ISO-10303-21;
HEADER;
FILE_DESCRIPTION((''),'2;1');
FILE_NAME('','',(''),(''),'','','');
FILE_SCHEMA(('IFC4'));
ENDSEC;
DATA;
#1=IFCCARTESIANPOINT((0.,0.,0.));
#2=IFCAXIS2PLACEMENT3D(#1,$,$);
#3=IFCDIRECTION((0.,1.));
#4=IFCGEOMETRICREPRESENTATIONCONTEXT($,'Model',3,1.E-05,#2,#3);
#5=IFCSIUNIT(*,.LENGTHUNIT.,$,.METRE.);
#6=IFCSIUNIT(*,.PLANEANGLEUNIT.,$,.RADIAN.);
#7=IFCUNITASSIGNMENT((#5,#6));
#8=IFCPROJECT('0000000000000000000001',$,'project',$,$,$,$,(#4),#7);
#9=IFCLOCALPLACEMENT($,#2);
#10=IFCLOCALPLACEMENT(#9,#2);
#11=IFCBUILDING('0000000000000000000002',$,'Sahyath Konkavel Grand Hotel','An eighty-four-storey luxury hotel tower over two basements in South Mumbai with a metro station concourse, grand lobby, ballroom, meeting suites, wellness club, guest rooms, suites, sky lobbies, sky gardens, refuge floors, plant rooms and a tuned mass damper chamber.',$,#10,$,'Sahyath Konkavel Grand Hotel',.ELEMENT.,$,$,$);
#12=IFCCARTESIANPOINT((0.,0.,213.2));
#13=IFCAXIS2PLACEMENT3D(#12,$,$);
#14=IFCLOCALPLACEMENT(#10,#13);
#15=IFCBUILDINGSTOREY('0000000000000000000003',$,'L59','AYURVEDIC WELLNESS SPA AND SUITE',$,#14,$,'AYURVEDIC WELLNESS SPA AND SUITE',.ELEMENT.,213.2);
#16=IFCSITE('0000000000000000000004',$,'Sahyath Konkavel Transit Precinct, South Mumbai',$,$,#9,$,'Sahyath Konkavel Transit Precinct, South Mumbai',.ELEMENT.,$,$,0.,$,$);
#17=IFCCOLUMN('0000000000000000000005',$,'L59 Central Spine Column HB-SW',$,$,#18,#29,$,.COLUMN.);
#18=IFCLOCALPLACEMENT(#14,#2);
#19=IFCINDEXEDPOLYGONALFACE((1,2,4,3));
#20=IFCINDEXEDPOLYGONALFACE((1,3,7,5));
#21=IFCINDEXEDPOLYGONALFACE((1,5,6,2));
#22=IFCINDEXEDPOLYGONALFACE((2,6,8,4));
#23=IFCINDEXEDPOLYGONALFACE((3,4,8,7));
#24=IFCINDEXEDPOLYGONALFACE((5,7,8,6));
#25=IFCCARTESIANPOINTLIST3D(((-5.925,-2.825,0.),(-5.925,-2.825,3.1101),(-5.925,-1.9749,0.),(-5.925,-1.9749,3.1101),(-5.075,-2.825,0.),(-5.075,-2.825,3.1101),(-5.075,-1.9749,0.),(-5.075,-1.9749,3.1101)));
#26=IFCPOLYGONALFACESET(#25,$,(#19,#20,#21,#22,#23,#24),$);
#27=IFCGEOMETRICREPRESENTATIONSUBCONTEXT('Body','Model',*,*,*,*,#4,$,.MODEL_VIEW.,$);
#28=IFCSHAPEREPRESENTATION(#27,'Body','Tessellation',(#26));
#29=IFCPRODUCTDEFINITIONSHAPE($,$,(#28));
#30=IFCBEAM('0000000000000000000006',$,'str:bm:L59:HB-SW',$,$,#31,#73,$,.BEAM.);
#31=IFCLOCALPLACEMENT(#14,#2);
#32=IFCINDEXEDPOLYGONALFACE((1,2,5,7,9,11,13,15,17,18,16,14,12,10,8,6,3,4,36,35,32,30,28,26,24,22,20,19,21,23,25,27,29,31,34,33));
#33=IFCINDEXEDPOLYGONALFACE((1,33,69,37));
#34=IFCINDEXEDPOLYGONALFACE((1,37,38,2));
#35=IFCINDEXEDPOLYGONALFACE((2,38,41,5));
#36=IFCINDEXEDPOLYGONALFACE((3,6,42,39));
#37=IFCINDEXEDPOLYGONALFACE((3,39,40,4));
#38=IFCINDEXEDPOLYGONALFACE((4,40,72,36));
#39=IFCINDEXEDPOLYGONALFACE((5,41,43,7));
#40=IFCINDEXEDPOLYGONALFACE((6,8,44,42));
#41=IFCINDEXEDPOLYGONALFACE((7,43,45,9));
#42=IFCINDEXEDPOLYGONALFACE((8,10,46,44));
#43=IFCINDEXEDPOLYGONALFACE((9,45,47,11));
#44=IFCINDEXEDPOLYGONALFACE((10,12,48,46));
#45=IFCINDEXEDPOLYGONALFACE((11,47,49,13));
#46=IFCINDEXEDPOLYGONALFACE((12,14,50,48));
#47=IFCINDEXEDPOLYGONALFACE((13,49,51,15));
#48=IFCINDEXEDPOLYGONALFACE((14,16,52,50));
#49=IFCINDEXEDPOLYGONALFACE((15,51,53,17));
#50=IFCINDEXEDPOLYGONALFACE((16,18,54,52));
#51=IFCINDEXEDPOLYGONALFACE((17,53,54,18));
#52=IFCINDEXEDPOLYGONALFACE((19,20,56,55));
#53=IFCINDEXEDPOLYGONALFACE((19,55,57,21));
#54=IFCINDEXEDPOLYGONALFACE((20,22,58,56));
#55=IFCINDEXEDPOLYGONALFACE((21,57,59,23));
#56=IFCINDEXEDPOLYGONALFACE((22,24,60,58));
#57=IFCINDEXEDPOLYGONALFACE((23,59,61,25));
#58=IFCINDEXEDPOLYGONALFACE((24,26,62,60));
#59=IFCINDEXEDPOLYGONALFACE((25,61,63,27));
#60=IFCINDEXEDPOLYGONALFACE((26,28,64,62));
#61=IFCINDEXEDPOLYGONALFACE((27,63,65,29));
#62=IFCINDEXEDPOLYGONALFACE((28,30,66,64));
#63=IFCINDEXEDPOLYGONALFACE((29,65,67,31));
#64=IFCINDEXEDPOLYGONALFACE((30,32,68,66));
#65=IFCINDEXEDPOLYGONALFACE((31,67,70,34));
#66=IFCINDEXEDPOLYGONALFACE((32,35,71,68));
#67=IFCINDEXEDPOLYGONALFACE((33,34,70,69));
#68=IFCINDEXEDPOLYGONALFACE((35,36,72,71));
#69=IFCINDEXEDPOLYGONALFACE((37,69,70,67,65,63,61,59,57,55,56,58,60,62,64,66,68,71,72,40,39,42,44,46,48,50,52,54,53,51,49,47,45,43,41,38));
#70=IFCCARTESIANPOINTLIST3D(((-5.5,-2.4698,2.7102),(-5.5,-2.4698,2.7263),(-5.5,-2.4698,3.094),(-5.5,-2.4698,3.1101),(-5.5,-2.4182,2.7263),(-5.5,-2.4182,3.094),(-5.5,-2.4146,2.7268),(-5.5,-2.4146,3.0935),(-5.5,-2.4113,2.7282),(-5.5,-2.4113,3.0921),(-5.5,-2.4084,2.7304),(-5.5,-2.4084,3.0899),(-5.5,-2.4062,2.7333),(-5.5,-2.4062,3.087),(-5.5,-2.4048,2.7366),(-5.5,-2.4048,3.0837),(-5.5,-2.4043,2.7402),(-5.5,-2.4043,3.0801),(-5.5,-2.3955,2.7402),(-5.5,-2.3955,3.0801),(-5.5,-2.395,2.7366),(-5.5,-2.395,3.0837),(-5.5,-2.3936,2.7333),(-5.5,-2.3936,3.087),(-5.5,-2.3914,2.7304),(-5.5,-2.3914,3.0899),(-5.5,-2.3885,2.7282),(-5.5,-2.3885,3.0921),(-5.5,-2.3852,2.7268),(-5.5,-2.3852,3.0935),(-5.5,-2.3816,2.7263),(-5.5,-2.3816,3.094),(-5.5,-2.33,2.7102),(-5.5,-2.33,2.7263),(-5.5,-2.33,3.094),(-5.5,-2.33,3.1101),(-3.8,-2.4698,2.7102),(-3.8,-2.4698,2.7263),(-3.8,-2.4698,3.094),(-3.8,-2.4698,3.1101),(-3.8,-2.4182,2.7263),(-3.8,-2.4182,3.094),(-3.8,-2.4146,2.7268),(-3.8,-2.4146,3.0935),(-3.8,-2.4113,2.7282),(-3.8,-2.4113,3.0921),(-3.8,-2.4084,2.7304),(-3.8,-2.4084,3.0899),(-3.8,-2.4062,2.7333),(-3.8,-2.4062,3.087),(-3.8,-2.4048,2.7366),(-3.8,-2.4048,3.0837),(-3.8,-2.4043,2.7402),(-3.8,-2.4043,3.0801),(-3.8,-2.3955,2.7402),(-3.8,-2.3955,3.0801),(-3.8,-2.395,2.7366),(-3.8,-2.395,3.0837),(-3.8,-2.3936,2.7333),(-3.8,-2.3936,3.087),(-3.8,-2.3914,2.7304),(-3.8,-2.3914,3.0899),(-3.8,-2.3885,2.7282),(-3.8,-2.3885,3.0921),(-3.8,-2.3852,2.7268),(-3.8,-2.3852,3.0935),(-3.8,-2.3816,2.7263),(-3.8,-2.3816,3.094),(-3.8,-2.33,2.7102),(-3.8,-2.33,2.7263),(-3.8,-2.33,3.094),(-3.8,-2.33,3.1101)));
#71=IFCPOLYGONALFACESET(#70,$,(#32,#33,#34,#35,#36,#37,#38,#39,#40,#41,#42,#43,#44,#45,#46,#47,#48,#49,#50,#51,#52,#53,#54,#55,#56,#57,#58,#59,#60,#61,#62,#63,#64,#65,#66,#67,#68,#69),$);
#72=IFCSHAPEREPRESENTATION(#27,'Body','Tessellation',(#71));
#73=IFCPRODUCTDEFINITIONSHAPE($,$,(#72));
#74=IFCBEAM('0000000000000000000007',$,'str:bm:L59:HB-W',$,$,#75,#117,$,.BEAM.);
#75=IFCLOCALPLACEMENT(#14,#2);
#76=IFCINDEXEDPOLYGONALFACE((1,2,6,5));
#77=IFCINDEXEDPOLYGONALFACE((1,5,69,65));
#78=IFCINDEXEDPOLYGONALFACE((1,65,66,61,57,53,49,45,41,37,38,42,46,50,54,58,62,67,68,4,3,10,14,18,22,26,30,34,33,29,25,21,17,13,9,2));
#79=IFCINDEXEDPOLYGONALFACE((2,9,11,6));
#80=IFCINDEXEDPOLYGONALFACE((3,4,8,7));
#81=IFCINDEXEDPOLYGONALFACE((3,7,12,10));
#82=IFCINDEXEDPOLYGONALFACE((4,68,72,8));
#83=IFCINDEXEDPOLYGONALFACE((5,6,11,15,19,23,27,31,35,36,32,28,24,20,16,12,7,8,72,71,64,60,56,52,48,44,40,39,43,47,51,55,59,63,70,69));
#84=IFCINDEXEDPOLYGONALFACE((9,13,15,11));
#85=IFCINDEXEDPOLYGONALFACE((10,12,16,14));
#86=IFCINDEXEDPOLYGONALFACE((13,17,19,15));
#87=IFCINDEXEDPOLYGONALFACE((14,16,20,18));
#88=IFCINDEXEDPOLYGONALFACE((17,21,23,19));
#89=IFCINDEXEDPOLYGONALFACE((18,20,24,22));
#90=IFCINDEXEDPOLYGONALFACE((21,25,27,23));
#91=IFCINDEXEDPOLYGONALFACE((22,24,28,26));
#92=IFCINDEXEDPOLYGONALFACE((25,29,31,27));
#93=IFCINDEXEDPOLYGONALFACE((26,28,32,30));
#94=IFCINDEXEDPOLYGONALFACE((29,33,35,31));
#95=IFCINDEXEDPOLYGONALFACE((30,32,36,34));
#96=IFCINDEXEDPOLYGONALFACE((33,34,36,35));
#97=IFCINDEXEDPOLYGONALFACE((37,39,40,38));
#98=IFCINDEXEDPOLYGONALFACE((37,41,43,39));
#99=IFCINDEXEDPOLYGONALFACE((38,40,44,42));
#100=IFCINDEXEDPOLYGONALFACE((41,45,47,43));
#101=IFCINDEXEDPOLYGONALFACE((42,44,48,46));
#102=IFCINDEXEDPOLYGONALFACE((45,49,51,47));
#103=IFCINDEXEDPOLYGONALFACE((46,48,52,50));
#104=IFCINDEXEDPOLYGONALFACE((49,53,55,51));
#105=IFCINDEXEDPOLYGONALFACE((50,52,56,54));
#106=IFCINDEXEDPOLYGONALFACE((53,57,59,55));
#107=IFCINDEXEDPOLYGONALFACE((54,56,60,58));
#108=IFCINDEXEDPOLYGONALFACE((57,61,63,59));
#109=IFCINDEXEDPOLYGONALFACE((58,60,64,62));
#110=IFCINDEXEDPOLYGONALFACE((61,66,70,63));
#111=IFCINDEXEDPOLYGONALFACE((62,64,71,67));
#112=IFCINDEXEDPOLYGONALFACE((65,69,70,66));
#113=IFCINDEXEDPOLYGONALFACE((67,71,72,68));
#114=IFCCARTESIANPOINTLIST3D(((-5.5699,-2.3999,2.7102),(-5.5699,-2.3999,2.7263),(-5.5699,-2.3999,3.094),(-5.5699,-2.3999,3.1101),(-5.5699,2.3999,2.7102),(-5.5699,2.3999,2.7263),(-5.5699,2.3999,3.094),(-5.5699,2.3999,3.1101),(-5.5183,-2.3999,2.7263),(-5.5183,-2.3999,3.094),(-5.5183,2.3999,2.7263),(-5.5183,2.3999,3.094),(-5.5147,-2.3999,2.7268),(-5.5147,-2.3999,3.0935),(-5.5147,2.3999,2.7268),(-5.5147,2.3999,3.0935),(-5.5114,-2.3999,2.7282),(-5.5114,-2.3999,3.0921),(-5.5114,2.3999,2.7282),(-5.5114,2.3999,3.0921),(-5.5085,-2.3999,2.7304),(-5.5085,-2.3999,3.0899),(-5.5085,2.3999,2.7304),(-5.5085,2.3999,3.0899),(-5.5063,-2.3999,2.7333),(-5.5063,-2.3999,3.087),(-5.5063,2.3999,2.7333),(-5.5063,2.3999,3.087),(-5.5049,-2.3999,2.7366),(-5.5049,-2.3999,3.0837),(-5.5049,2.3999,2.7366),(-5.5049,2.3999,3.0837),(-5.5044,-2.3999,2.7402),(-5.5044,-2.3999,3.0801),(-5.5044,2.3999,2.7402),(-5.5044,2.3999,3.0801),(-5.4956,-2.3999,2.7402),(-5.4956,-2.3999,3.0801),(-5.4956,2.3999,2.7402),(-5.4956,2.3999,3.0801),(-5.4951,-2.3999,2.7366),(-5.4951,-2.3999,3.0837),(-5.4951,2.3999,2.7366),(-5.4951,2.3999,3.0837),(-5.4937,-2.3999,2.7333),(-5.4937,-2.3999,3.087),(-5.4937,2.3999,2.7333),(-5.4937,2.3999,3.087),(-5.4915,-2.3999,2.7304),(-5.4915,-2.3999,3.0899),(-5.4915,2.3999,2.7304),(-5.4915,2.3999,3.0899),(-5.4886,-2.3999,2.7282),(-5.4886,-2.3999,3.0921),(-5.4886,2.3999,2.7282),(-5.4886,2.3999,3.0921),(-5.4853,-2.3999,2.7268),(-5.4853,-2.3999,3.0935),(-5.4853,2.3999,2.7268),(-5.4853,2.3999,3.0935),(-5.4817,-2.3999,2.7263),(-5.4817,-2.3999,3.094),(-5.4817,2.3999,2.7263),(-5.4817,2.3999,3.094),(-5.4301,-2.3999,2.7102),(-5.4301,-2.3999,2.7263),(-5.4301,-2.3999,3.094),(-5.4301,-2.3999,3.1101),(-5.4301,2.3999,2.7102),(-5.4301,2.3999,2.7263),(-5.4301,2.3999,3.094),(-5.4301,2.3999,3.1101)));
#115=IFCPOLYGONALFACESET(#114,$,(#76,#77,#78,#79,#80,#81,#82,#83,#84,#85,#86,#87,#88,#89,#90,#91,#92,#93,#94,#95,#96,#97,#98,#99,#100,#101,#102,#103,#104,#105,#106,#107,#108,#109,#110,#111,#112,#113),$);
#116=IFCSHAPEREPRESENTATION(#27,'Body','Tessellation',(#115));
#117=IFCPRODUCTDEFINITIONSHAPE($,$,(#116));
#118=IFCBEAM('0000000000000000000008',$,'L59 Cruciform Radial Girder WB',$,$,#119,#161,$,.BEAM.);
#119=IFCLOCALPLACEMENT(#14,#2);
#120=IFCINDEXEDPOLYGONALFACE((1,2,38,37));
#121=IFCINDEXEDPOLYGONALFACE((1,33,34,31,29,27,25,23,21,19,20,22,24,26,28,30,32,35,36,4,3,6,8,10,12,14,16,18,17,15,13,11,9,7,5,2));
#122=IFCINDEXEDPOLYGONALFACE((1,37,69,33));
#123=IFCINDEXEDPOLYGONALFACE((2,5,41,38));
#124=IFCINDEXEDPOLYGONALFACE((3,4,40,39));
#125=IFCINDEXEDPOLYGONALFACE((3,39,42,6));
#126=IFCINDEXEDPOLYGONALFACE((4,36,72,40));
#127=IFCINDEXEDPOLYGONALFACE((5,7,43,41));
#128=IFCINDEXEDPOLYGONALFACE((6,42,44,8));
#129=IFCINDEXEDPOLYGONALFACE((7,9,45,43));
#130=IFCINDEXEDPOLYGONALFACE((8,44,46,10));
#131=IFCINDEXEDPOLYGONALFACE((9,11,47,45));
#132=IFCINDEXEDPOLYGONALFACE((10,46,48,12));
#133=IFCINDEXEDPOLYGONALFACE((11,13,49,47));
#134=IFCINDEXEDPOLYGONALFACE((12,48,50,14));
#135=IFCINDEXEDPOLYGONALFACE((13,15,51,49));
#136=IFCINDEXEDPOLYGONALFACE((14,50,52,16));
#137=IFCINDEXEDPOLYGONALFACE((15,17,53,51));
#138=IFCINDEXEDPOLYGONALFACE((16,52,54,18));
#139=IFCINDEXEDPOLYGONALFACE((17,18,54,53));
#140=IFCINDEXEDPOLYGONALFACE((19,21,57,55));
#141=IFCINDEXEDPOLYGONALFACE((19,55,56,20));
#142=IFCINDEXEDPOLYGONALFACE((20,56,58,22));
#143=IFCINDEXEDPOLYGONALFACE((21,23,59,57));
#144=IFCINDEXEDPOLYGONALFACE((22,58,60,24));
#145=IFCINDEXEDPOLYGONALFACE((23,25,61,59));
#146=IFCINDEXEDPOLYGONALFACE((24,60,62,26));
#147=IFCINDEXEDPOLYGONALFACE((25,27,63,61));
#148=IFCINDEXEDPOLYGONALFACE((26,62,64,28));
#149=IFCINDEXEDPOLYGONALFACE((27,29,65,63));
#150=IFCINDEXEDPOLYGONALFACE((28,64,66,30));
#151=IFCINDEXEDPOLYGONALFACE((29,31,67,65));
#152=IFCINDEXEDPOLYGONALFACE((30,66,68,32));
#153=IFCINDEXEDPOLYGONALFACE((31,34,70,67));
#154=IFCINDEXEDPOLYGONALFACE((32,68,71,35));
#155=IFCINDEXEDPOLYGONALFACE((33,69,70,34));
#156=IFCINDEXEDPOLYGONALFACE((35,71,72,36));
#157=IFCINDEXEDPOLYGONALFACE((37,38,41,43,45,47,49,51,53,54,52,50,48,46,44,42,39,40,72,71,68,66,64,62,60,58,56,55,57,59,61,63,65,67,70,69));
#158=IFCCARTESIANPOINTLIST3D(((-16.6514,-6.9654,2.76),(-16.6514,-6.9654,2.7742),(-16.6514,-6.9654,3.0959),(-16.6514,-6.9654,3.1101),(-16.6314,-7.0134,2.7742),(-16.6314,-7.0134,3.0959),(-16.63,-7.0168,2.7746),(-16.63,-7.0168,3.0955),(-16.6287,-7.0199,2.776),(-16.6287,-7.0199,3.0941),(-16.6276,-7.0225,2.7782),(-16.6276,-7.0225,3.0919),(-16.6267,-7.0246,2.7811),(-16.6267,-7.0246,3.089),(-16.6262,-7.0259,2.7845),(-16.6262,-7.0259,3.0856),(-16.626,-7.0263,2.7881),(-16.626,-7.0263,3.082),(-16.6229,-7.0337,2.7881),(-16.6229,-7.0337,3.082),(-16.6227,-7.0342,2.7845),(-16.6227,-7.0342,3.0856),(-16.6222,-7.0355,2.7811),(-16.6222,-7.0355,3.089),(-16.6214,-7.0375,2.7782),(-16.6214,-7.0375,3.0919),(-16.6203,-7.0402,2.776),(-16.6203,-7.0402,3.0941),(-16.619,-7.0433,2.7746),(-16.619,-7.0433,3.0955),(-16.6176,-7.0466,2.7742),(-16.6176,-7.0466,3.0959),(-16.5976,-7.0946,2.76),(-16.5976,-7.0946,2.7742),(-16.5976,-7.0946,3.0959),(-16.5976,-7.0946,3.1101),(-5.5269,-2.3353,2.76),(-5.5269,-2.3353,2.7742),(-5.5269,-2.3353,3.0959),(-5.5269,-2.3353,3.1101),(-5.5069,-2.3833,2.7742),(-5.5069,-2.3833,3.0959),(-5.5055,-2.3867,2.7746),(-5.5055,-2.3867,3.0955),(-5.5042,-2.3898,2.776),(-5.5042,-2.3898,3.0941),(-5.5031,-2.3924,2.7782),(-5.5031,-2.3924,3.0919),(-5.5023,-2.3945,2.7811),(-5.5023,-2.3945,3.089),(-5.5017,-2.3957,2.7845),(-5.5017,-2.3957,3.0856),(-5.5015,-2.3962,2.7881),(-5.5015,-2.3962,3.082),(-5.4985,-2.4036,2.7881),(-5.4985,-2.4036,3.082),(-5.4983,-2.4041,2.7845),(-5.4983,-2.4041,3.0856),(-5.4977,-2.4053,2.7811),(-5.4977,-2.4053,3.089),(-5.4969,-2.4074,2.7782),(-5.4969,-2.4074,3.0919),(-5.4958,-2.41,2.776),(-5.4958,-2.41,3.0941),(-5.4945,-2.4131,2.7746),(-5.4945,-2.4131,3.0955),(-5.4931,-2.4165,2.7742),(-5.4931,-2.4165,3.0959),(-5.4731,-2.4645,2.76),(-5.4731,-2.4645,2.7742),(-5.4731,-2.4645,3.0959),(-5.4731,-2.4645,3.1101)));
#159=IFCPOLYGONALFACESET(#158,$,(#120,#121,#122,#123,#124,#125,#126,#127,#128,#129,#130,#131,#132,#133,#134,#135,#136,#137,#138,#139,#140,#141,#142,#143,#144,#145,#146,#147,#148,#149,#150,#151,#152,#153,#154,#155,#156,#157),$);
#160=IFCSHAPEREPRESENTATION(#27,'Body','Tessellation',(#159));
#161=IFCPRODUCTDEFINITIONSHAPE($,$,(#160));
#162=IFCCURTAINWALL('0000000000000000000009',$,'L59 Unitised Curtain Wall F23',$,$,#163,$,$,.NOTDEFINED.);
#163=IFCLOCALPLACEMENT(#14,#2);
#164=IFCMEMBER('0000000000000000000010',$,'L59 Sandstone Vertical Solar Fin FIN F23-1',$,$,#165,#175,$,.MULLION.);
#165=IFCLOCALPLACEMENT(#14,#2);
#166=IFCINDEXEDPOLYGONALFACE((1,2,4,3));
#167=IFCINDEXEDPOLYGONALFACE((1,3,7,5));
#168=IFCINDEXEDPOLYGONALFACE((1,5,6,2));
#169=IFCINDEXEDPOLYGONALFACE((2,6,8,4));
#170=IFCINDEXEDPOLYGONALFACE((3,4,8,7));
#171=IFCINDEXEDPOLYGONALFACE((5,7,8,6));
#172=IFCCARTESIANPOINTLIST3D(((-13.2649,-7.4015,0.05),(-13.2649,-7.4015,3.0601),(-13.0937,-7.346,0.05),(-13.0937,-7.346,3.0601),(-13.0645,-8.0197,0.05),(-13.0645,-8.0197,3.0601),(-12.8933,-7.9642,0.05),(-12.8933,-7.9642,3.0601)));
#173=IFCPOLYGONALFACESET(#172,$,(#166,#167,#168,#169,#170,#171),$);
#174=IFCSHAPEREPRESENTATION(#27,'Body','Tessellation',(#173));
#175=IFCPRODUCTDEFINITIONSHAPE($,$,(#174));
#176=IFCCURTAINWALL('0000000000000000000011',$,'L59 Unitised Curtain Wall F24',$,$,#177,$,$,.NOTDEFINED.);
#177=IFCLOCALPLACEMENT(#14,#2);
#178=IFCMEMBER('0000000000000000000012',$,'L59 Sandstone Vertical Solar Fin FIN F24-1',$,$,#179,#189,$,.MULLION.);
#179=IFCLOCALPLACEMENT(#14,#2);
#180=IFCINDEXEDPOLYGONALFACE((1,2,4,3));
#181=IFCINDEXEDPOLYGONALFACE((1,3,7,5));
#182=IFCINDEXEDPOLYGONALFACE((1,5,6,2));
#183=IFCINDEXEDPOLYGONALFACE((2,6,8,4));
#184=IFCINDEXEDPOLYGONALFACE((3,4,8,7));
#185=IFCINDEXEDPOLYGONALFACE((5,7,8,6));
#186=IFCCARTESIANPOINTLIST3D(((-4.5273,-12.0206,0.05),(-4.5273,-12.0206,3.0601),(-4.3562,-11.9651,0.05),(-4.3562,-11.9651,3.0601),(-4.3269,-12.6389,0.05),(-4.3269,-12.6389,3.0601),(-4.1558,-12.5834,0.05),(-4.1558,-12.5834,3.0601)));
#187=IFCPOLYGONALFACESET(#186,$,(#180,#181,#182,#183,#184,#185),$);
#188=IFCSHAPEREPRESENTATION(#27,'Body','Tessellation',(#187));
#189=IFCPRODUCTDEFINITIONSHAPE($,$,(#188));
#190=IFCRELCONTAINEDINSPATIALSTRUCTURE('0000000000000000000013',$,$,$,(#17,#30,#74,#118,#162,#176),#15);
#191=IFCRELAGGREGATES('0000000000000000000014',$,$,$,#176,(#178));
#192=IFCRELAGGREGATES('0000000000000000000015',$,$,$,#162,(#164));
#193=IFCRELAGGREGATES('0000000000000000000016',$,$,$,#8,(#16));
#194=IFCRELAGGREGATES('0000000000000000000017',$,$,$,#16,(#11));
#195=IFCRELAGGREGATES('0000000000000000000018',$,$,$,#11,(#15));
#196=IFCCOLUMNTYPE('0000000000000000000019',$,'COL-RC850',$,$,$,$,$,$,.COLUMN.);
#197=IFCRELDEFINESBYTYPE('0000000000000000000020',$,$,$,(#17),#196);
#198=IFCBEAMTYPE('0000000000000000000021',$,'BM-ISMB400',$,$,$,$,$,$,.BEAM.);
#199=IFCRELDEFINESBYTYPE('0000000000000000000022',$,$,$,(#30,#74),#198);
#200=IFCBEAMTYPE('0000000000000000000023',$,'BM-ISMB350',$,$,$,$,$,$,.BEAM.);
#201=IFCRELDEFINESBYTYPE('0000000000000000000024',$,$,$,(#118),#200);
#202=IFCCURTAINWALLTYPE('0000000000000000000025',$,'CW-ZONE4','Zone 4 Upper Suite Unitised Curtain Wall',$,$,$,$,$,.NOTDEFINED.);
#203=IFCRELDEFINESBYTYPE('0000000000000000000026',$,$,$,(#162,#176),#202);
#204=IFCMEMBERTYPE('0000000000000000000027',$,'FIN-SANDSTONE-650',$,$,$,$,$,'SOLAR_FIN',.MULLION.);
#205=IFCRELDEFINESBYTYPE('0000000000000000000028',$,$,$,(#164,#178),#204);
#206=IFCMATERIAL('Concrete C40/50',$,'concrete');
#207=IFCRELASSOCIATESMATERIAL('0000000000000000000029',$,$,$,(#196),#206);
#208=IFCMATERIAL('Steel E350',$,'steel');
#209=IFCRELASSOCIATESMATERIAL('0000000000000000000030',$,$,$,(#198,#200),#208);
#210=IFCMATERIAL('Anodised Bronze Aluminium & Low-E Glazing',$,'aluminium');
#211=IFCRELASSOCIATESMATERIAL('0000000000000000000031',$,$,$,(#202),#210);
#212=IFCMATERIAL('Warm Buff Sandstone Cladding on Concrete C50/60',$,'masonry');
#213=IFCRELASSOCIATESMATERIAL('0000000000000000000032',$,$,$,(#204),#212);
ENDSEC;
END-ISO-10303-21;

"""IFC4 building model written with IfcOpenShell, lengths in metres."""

from ifc_helpers import new_model, si_unit, direction, frame, origin, origin_2d, place, context, subcontext, project, spatial, rectangle, i_section, extrude, source, transform, mapped, material, material_profile, profile_set, type_object, element, aggregate, save


model = new_model("IFC4")

# Units and contexts
model_context = context("Model", 3, precision=1e-05, world=origin(), true_north=direction((0.0, 1.0)))
body_context = subcontext(model_context, "Body", "Model", "MODEL_VIEW")
ifc_project = project(units=[si_unit("LENGTHUNIT", "METRE"), si_unit("PLANEANGLEUNIT", "RADIAN")], contexts=[model_context])

# Site, building, storey
site_placement = place(None, origin())
site = spatial("IfcSite", under=ifc_project, at=site_placement, Name="Sahyath Konkavel Transit Precinct, South Mumbai", LongName="Sahyath Konkavel Transit Precinct, South Mumbai", CompositionType="ELEMENT", RefElevation=0.0)
building_placement = place(site_placement, origin())
building = spatial("IfcBuilding", under=site, at=building_placement, Name="Sahyath Konkavel Grand Hotel", Description="An eighty-four-storey luxury hotel tower over two basements in South Mumbai with a metro station concourse, grand lobby, ballroom, meeting suites, wellness club, guest rooms, suites, sky lobbies, sky gardens, refuge floors, plant rooms and a tuned mass damper chamber.", LongName="Sahyath Konkavel Grand Hotel", CompositionType="ELEMENT")
storey_placement = place(building_placement, frame((0.0, 0.0, 213.2)))
storey = spatial("IfcBuildingStorey", under=building, at=storey_placement, Name="L59", Description="AYURVEDIC WELLNESS SPA AND SUITE", LongName="AYURVEDIC WELLNESS SPA AND SUITE", CompositionType="ELEMENT", Elevation=213.2)

# Column
ifc_material_1 = material(Name="Concrete C40/50", Category="concrete")
ifc_material_profile_1 = material_profile(ifc_material_1, rectangle(XDim=0.8501, YDim=0.8501, at=origin_2d()), Name="RC 850x850")
ifc_profile_set_1 = profile_set([ifc_material_profile_1], Name="Concrete C40/50")
column_type = type_object("IfcColumnType", Name="COL-RC850", PredefinedType="COLUMN", material=ifc_profile_set_1)
shared_shape_1 = source(origin(), body_context, "Body", "SweptSolid", [
    extrude(rectangle(XDim=0.8501, YDim=0.8501, at=origin_2d()), origin(), (0.0, 0.0, 1.0), 3.1101),
])
column_placement = place(storey_placement, frame((-5.5, -2.3999, 0.0), z_axis=(0.0, 0.0, 1.0), x_axis=(1.0, 0.0, 0.0)))
element("IfcColumn", 1, at=column_placement, inside=storey, type_object=column_type, Name="L59 Central Spine Column HB-SW", PredefinedType="COLUMN", context=body_context, shape_type="MappedRepresentation", body=[
    mapped(shared_shape_1, transform((0.0, 0.0, 0.0), scale=1.0)),
])

# Beams
ifc_material_2 = material(Name="Steel E350", Category="steel")
ifc_material_profile_2 = material_profile(ifc_material_2, i_section(OverallWidth=0.1399, OverallDepth=0.3999, WebThickness=0.0088, FlangeThickness=0.0161, FilletRadius=0.0139, at=origin_2d()), Name="ISMB 400")
ifc_profile_set_2 = profile_set([ifc_material_profile_2], Name="Steel E350")
beam_type_1 = type_object("IfcBeamType", Name="BM-ISMB400", PredefinedType="BEAM", material=ifc_profile_set_2)
shared_shape_2 = source(origin(), body_context, "Body", "SweptSolid", [
    extrude(i_section(OverallWidth=0.1399, OverallDepth=0.3999, WebThickness=0.0088, FlangeThickness=0.0161, FilletRadius=0.0139, at=origin_2d()), origin(), (0.0, 0.0, 1.0), 1.7),
])
beam_1_placement = place(storey_placement, frame((-5.5, -2.3999, 2.9102), z_axis=(1.0, 0.0, 0.0), x_axis=(0.0, 1.0, 0.0)))
element("IfcBeam", 2, at=beam_1_placement, inside=storey, type_object=beam_type_1, Name="str:bm:L59:HB-SW", PredefinedType="BEAM", context=body_context, shape_type="MappedRepresentation", body=[
    mapped(shared_shape_2, transform((0.0, 0.0, 0.0), scale=1.0)),
])
shared_shape_3 = source(origin(), body_context, "Body", "SweptSolid", [
    extrude(i_section(OverallWidth=0.1399, OverallDepth=0.3999, WebThickness=0.0088, FlangeThickness=0.0161, FilletRadius=0.0139, at=origin_2d()), origin(), (0.0, 0.0, 1.0), 4.7998),
])
beam_2_placement = place(storey_placement, frame((-5.5, -2.3999, 2.9102), z_axis=(0.0, 1.0, 0.0), x_axis=(-1.0, 0.0, 0.0)))
element("IfcBeam", 3, at=beam_2_placement, inside=storey, type_object=beam_type_1, Name="str:bm:L59:HB-W", PredefinedType="BEAM", context=body_context, shape_type="MappedRepresentation", body=[
    mapped(shared_shape_3, transform((0.0, 0.0, 0.0), scale=1.0)),
])
ifc_material_profile_3 = material_profile(ifc_material_2, i_section(OverallWidth=0.1399, OverallDepth=0.3501, WebThickness=0.0081, FlangeThickness=0.0142, FilletRadius=0.0139, at=origin_2d()), Name="ISMB 350")
ifc_profile_set_3 = profile_set([ifc_material_profile_3], Name="Steel E350")
beam_type_2 = type_object("IfcBeamType", Name="BM-ISMB350", PredefinedType="BEAM", material=ifc_profile_set_3)
shared_shape_4 = source(origin(), body_context, "Body", "SweptSolid", [
    extrude(i_section(OverallWidth=0.1399, OverallDepth=0.3501, WebThickness=0.0081, FlangeThickness=0.0142, FilletRadius=0.0139, at=origin_2d()), origin(), (0.0, 0.0, 1.0), 12.0496),
])
beam_3_placement = place(storey_placement, frame((-5.5, -2.3999, 2.9351), z_axis=(-0.923227, -0.384256, 0.0), x_axis=(0.384256, -0.923227, 0.0)))
element("IfcBeam", 4, at=beam_3_placement, inside=storey, type_object=beam_type_2, Name="L59 Cruciform Radial Girder WB", PredefinedType="BEAM", context=body_context, shape_type="MappedRepresentation", body=[
    mapped(shared_shape_4, transform((0.0, 0.0, 0.0), scale=1.0)),
])

# Curtain walls, members
ifc_material_3 = material(Name="Anodised Bronze Aluminium & Low-E Glazing", Category="aluminium")
curtain_wall_type = type_object("IfcCurtainWallType", Name="CW-ZONE4", Description="Zone 4 Upper Suite Unitised Curtain Wall", PredefinedType="NOTDEFINED", material=ifc_material_3)
curtain_wall_1_placement = place(storey_placement, origin())
curtain_wall_1 = element("IfcCurtainWall", 5, at=curtain_wall_1_placement, inside=storey, type_object=curtain_wall_type, Name="L59 Unitised Curtain Wall F23", PredefinedType="NOTDEFINED")
ifc_material_4 = material(Name="Warm Buff Sandstone Cladding on Concrete C50/60", Category="masonry")
ifc_material_profile_4 = material_profile(ifc_material_4, rectangle(XDim=0.1799, YDim=0.6499, at=origin_2d()), Name="FIN 180x650")
ifc_profile_set_4 = profile_set([ifc_material_profile_4], Name="Warm Buff Sandstone Cladding on Concrete C50/60")
member_type_1 = type_object("IfcMemberType", Name="FIN-SANDSTONE-650", ElementType="SOLAR_FIN", PredefinedType="MULLION", material=ifc_profile_set_4)
shared_shape_5 = source(origin(), body_context, "Body", "SweptSolid", [
    extrude(rectangle(XDim=0.1799, YDim=0.6499, at=origin_2d()), origin(), (0.0, 0.0, 1.0), 3.01),
])
member_1_placement = place(storey_placement, frame((-13.0791, -7.6829, 0.05), z_axis=(0.0, 0.0, 1.0), x_axis=(0.951272, 0.308353, 0.0)))
member_1 = element("IfcMember", 6, at=member_1_placement, type_object=member_type_1, Name="L59 Sandstone Vertical Solar Fin FIN F23-1", PredefinedType="MULLION", context=body_context, shape_type="MappedRepresentation", body=[
    mapped(shared_shape_5, transform((0.0, 0.0, 0.0), scale=1.0)),
])
curtain_wall_2_placement = place(storey_placement, origin())
curtain_wall_2 = element("IfcCurtainWall", 7, at=curtain_wall_2_placement, inside=storey, type_object=curtain_wall_type, Name="L59 Unitised Curtain Wall F24", PredefinedType="NOTDEFINED")
member_2_placement = place(storey_placement, frame((-4.3416, -12.302, 0.05), z_axis=(0.0, 0.0, 1.0), x_axis=(0.951272, 0.308353, 0.0)))
member_2 = element("IfcMember", 8, at=member_2_placement, type_object=member_type_1, Name="L59 Sandstone Vertical Solar Fin FIN F24-1", PredefinedType="MULLION", context=body_context, shape_type="MappedRepresentation", body=[
    mapped(shared_shape_5, transform((0.0, 0.0, 0.0), scale=1.0)),
])

aggregate(curtain_wall_2, [member_2])
aggregate(curtain_wall_1, [member_1])

save(model, "model.ifc")
